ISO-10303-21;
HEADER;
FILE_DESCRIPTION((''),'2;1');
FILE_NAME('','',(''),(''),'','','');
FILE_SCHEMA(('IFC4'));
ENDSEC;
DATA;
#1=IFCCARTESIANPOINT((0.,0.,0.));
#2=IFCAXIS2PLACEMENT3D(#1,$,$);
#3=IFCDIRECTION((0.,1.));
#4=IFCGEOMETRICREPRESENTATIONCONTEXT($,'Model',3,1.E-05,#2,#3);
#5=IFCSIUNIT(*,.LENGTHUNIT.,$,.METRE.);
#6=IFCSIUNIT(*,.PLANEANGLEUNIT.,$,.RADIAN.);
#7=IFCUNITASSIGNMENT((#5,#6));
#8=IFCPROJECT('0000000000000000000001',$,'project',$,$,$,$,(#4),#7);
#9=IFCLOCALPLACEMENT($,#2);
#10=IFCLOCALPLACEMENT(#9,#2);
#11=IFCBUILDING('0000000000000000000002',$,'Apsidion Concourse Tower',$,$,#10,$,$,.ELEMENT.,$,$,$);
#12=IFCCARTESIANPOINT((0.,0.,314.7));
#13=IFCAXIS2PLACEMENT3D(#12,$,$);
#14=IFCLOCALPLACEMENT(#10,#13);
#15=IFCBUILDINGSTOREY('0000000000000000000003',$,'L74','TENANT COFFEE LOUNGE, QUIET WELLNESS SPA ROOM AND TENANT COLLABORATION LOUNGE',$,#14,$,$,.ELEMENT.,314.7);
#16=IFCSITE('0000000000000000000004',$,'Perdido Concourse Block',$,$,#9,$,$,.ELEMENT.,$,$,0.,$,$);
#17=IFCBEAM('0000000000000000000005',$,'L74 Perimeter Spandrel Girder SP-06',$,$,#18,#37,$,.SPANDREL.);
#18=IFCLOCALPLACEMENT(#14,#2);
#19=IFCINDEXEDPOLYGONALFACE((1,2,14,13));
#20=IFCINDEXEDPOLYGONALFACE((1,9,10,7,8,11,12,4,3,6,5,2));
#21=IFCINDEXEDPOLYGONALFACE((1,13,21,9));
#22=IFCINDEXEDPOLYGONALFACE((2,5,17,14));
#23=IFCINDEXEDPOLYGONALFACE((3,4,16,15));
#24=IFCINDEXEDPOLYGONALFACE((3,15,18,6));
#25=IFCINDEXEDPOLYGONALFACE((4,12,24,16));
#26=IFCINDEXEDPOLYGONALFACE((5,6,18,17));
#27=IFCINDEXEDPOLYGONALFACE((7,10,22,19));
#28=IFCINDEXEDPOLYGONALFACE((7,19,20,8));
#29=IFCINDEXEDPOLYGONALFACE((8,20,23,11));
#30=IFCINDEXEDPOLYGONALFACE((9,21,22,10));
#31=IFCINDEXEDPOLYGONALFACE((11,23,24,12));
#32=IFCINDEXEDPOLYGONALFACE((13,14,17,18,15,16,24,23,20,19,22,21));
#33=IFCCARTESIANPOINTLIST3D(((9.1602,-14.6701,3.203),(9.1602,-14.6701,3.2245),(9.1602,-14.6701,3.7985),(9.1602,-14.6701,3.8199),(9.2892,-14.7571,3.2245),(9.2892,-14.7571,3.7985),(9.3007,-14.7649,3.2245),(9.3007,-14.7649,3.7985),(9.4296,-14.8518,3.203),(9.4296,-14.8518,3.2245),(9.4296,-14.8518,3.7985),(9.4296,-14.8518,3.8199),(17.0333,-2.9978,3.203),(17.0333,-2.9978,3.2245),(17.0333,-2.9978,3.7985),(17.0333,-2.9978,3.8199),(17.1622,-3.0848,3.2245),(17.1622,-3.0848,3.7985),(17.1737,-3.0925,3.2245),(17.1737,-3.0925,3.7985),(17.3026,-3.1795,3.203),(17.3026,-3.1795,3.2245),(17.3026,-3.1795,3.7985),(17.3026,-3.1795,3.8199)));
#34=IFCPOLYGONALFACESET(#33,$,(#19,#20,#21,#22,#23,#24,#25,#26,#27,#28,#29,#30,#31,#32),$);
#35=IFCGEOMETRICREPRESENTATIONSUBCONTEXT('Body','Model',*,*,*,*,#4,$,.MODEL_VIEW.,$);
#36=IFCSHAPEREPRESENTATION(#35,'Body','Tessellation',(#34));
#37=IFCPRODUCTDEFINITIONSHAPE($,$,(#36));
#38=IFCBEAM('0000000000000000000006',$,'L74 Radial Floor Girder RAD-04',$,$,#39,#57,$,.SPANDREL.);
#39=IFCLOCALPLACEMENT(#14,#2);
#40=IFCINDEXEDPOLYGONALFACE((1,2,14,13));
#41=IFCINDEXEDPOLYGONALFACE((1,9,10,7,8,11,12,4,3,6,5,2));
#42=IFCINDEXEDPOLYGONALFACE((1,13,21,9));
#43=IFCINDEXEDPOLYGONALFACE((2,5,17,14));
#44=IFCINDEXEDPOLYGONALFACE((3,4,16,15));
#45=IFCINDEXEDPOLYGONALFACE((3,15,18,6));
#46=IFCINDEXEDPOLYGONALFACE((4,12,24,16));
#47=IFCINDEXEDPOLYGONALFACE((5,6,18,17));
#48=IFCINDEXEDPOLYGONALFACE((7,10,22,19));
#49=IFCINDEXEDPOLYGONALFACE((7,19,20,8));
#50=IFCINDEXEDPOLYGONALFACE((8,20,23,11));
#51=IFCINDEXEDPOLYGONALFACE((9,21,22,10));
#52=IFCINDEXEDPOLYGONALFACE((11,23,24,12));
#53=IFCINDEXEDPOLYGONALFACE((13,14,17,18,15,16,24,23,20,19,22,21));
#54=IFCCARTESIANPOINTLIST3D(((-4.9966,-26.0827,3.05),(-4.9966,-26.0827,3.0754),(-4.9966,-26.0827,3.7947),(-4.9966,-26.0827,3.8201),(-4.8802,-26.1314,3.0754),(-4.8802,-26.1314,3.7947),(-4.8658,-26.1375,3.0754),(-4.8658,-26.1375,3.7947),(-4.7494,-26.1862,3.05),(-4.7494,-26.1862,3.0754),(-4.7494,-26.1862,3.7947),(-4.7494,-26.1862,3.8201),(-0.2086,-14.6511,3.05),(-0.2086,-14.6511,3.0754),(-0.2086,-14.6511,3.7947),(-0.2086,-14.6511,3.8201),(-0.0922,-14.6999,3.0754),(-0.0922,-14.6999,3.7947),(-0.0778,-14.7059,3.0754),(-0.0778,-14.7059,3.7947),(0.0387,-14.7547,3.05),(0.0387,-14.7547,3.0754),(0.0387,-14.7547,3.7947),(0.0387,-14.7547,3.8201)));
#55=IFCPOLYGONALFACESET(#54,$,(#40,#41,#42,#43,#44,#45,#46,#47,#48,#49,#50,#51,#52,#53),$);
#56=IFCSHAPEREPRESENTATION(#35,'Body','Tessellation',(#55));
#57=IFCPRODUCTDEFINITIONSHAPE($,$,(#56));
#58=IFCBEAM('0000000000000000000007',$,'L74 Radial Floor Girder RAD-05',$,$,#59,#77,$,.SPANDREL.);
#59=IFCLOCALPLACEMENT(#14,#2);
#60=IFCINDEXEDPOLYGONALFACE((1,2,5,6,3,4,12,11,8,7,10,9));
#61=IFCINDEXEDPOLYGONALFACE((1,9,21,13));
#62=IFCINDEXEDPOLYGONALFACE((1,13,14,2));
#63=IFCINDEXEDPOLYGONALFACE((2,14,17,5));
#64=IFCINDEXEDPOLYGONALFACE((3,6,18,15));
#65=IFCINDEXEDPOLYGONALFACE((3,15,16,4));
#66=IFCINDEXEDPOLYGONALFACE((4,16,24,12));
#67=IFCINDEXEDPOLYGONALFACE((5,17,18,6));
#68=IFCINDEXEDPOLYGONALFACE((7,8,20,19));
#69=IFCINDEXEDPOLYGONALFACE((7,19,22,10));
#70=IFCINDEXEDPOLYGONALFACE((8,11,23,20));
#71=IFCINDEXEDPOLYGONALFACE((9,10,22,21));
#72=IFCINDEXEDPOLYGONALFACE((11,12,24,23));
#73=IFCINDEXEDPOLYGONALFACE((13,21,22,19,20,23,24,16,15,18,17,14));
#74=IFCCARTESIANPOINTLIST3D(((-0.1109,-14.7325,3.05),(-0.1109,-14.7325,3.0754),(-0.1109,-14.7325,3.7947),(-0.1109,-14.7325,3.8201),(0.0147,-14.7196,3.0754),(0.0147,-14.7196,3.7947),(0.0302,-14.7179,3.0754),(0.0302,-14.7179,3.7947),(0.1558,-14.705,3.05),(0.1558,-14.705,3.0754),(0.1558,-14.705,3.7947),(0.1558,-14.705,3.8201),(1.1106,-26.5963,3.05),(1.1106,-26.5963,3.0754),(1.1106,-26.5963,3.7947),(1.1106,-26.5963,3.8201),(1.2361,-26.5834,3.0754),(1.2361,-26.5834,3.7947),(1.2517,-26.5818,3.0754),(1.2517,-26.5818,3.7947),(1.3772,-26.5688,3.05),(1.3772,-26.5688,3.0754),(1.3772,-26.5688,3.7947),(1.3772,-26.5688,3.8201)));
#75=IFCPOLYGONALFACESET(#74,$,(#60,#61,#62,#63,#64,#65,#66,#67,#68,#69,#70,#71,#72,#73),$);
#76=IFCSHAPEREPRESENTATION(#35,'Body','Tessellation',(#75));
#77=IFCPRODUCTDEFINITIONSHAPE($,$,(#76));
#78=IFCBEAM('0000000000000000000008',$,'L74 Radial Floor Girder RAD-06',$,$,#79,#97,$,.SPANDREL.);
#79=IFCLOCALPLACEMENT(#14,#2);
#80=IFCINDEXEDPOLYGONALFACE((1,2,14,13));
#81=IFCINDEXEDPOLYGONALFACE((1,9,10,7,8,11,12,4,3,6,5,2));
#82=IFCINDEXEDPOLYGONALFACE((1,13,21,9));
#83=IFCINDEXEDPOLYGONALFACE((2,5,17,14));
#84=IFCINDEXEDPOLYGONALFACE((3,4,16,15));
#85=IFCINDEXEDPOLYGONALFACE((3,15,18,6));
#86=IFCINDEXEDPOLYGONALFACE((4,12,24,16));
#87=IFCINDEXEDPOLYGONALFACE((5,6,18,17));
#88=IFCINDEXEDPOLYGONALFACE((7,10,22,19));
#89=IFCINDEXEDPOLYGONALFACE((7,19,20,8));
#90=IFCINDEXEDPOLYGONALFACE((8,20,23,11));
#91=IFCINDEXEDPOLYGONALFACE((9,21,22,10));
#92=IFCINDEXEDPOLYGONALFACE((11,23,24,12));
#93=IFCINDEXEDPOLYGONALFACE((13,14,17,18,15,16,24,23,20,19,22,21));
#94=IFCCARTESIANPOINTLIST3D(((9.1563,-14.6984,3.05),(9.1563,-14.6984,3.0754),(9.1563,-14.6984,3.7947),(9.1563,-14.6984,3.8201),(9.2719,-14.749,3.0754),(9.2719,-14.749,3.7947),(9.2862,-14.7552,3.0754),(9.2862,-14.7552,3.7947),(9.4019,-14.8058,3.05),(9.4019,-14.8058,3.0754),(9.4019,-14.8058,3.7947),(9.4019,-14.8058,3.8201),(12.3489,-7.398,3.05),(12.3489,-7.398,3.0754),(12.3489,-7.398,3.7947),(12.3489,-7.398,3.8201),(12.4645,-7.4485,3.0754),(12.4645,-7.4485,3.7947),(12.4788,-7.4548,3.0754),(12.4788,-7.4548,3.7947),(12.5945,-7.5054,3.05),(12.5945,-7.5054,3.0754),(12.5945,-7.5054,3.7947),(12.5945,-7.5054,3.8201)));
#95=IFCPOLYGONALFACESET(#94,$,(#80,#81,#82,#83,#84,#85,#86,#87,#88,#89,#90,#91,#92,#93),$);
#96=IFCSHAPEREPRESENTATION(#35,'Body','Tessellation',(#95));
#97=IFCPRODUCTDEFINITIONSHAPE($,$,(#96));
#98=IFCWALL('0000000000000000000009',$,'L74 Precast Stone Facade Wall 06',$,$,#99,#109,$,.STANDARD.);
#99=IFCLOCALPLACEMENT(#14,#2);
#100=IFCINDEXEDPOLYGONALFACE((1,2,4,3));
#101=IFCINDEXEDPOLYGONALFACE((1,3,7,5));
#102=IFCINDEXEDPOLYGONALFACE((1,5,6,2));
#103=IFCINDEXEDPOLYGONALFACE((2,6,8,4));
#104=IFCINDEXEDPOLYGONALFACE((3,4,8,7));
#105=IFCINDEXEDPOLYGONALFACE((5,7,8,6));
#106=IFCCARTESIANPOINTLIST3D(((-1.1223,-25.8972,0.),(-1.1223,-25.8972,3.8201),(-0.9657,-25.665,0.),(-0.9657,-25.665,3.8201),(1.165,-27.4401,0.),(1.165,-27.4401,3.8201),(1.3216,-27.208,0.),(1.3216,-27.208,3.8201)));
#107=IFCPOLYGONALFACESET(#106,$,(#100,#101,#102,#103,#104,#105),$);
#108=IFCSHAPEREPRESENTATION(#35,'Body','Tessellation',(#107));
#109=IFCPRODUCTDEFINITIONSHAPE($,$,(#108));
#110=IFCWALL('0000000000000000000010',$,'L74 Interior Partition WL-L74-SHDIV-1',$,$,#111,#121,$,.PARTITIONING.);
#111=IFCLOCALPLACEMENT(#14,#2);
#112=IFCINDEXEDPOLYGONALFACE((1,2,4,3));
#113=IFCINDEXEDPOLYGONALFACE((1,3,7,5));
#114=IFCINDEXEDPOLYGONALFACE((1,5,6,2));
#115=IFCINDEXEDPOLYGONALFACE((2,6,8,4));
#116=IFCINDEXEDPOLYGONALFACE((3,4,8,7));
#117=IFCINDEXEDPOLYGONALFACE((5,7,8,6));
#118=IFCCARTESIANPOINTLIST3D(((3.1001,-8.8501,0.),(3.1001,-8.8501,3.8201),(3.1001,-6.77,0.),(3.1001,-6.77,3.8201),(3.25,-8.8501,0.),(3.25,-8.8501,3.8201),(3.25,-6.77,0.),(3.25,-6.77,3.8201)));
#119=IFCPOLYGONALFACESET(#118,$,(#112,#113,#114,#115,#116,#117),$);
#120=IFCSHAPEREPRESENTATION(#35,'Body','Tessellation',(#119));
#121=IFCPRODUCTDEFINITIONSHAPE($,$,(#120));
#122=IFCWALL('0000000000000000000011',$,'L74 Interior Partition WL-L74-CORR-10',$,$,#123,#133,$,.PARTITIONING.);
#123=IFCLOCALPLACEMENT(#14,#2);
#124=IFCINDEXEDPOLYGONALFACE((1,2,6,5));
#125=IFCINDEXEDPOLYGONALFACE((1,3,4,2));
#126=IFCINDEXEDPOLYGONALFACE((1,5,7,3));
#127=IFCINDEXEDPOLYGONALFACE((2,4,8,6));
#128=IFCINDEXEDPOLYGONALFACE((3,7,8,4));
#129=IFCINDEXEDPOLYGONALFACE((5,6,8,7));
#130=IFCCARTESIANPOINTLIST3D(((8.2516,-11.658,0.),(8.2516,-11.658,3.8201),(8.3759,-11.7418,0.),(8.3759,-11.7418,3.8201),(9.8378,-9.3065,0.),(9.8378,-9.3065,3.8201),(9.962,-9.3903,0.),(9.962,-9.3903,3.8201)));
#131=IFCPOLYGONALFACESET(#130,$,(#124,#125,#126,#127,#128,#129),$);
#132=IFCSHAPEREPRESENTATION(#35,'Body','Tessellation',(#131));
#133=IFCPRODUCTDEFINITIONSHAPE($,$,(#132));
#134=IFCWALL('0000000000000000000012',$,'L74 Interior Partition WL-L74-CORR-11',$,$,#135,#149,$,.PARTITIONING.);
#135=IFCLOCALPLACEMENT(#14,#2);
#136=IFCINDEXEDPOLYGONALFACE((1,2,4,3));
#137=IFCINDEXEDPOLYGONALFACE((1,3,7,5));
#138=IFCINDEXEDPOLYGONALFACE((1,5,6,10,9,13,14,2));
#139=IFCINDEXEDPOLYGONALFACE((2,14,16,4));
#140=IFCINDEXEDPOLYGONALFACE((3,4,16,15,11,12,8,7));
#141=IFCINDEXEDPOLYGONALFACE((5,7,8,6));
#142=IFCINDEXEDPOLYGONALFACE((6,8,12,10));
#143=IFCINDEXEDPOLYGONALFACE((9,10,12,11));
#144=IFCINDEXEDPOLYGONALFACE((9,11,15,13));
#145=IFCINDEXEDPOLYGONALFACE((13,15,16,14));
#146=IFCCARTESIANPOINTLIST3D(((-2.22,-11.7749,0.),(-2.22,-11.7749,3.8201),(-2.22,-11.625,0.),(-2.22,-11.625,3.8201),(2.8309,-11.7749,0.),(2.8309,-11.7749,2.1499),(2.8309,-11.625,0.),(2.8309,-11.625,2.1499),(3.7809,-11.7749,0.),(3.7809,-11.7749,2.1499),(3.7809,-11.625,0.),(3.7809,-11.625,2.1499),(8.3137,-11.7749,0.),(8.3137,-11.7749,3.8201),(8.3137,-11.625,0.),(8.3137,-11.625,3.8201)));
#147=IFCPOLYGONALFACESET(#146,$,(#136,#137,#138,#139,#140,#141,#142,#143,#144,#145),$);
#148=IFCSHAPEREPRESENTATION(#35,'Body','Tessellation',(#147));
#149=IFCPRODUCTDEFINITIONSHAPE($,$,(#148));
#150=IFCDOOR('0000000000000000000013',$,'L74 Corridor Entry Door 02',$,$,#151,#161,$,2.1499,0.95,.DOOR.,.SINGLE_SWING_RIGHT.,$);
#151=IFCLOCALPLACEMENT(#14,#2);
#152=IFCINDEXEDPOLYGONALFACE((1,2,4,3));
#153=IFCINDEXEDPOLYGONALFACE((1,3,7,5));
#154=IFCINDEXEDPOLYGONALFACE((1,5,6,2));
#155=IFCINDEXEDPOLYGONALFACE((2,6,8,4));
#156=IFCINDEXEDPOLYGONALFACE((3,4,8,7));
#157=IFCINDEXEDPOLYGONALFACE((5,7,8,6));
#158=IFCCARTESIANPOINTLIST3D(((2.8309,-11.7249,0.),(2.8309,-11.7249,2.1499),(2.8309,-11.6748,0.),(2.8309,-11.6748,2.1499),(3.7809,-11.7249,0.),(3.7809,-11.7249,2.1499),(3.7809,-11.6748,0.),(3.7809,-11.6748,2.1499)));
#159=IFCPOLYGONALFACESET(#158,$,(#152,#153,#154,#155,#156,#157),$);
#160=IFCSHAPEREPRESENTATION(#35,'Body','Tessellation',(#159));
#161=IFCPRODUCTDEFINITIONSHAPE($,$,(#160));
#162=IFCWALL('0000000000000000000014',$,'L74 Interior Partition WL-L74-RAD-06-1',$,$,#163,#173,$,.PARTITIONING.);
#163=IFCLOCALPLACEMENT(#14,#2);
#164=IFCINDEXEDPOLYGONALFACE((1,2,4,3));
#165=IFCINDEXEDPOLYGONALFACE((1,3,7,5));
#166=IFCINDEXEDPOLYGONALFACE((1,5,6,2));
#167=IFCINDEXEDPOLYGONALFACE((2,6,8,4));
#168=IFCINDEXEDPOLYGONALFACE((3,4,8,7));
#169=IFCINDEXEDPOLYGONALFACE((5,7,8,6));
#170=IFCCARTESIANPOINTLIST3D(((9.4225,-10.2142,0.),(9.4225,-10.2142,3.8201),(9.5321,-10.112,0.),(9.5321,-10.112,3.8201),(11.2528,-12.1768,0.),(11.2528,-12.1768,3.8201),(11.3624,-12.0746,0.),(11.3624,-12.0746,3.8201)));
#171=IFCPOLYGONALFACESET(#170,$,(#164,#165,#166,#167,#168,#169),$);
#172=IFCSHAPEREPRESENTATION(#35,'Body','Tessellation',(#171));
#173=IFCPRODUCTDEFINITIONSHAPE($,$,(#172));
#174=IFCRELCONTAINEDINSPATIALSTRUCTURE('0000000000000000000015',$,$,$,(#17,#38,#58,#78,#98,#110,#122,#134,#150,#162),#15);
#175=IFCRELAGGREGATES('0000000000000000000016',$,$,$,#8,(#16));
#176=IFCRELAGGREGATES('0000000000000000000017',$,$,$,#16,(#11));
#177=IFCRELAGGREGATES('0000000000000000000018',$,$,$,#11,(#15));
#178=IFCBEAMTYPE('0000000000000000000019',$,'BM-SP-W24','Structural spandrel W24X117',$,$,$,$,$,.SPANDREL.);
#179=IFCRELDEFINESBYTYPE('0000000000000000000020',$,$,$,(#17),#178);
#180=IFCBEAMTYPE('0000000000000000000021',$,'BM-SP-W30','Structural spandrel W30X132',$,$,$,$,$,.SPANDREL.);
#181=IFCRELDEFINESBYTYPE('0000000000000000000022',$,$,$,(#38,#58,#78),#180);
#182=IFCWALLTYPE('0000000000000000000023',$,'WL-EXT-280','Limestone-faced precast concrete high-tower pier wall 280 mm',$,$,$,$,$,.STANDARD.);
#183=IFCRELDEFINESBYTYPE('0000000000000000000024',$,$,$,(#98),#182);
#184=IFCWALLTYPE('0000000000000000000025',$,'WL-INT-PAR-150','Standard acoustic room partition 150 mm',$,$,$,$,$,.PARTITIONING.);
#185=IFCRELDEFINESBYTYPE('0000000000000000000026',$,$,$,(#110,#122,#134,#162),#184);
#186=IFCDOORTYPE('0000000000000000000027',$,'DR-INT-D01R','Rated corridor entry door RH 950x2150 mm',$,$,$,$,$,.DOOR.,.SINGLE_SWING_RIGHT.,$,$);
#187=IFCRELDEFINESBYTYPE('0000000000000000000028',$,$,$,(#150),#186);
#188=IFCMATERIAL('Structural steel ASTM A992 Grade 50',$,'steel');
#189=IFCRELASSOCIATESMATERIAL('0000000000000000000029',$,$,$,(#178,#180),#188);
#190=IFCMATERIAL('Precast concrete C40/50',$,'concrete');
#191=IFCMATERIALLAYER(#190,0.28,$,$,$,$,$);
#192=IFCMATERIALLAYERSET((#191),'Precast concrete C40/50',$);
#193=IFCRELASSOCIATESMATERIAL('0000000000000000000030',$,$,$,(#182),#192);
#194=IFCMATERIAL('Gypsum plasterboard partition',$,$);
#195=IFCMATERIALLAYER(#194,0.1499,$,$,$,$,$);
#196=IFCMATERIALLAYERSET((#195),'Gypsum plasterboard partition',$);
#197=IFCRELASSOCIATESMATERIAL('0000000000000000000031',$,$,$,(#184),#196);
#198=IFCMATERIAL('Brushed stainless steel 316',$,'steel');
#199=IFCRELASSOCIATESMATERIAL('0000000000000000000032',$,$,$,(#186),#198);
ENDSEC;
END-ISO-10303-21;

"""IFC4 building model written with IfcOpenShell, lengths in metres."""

from ifc_helpers import new_model, si_unit, direction, frame, frame_2d, origin, origin_2d, place, context, subcontext, project, spatial, rectangle, i_section, extrude, material, layer, layer_set, material_profile, profile_set, type_object, element, fill, save


model = new_model("IFC4")

# Units and contexts
model_context = context("Model", 3, precision=1e-05, world=origin(), true_north=direction((0.0, 1.0)))
body_context = subcontext(model_context, "Body", "Model", "MODEL_VIEW")
ifc_project = project(units=[si_unit("LENGTHUNIT", "METRE"), si_unit("PLANEANGLEUNIT", "RADIAN")], contexts=[model_context])

# Site, building, storey
site_placement = place(None, origin())
site = spatial("IfcSite", under=ifc_project, at=site_placement, Name="Perdido Concourse Block", CompositionType="ELEMENT", RefElevation=0.0)
building_placement = place(site_placement, origin())
building = spatial("IfcBuilding", under=site, at=building_placement, Name="Apsidion Concourse Tower", CompositionType="ELEMENT")
storey_placement = place(building_placement, frame((0.0, 0.0, 314.7)))
storey = spatial("IfcBuildingStorey", under=building, at=storey_placement, Name="L74", Description="TENANT COFFEE LOUNGE, QUIET WELLNESS SPA ROOM AND TENANT COLLABORATION LOUNGE", CompositionType="ELEMENT", Elevation=314.7)

# Shared definitions
ifc_material_1 = material(Name="Structural steel ASTM A992 Grade 50", Category="steel")

# Beams
ifc_material_profile_1 = material_profile(ifc_material_1, i_section(OverallWidth=0.325, OverallDepth=0.6169, WebThickness=0.0139, FlangeThickness=0.0215, at=origin_2d()), Name="W24X117")
ifc_profile_set_1 = profile_set([ifc_material_profile_1], Name="Structural steel ASTM A992 Grade 50")
beam_type_1 = type_object("IfcBeamType", Name="BM-SP-W24", Description="Structural spandrel W24X117", PredefinedType="SPANDREL", material=ifc_profile_set_1)
beam_1_placement = place(storey_placement, frame((9.2949, -14.761, 3.5115), z_axis=(0.55919, 0.82904, 0.0), x_axis=(-0.82904, 0.55919, 0.0)))
element("IfcBeam", 1, at=beam_1_placement, inside=storey, type_object=beam_type_1, Name="L74 Perimeter Spandrel Girder SP-06", PredefinedType="SPANDREL", context=body_context, shape_type="SweptSolid", body=[
    extrude(i_section(OverallWidth=0.325, OverallDepth=0.6169, WebThickness=0.0139, FlangeThickness=0.0215, at=origin_2d()), origin(), (0.0, 0.0, 1.0), 14.0793),
])
ifc_material_profile_2 = material_profile(ifc_material_1, i_section(OverallWidth=0.2681, OverallDepth=0.77, WebThickness=0.0156, FlangeThickness=0.0254, at=origin_2d()), Name="W30X132")
ifc_profile_set_2 = profile_set([ifc_material_profile_2], Name="Structural steel ASTM A992 Grade 50")
beam_type_2 = type_object("IfcBeamType", Name="BM-SP-W30", Description="Structural spandrel W30X132", PredefinedType="SPANDREL", material=ifc_profile_set_2)
beam_2_placement = place(storey_placement, frame((-0.085, -14.7029, 3.4351), z_axis=(-0.386327, -0.922362, 0.0), x_axis=(0.922362, -0.386327, 0.0)))
element("IfcBeam", 2, at=beam_2_placement, inside=storey, type_object=beam_type_2, Name="L74 Radial Floor Girder RAD-04", PredefinedType="SPANDREL", context=body_context, shape_type="SweptSolid", body=[
    extrude(i_section(OverallWidth=0.2681, OverallDepth=0.77, WebThickness=0.0156, FlangeThickness=0.0254, at=origin_2d()), origin(), (0.0, 0.0, 1.0), 12.3938),
])
beam_3_placement = place(storey_placement, frame((0.0225, -14.7188, 3.4351), z_axis=(0.102414, -0.994742, 0.0), x_axis=(0.994742, 0.102414, 0.0)))
element("IfcBeam", 3, at=beam_3_placement, inside=storey, type_object=beam_type_2, Name="L74 Radial Floor Girder RAD-05", PredefinedType="SPANDREL", context=body_context, shape_type="SweptSolid", body=[
    extrude(i_section(OverallWidth=0.2681, OverallDepth=0.77, WebThickness=0.0156, FlangeThickness=0.0254, at=origin_2d()), origin(), (0.0, 0.0, 1.0), 11.9265),
])
beam_4_placement = place(storey_placement, frame((12.4717, -7.4517, 3.4351), z_axis=(-0.400676, -0.91622, 0.0), x_axis=(0.91622, -0.400676, 0.0)))
element("IfcBeam", 4, at=beam_4_placement, inside=storey, type_object=beam_type_2, Name="L74 Radial Floor Girder RAD-06", PredefinedType="SPANDREL", context=body_context, shape_type="SweptSolid", body=[
    extrude(i_section(OverallWidth=0.2681, OverallDepth=0.77, WebThickness=0.0156, FlangeThickness=0.0254, at=origin_2d()), origin(), (0.0, 0.0, 1.0), 7.968),
])

# Walls
ifc_material_2 = material(Name="Precast concrete C40/50", Category="concrete")
ifc_layer_1 = layer(ifc_material_2, 0.28)
ifc_layer_set_1 = layer_set([ifc_layer_1], Name="Precast concrete C40/50")
wall_type_1 = type_object("IfcWallType", Name="WL-EXT-280", Description="Limestone-faced precast concrete high-tower pier wall 280 mm", PredefinedType="STANDARD", material=ifc_layer_set_1)
wall_1_placement = place(storey_placement, frame((1.2432, -27.324, 0.0), z_axis=(0.0, 0.0, 1.0), x_axis=(-0.829016, 0.559225, 0.0)))
element("IfcWall", 5, at=wall_1_placement, inside=storey, type_object=wall_type_1, Name="L74 Precast Stone Facade Wall 06", PredefinedType="STANDARD", context=body_context, shape_type="SweptSolid", body=[
    extrude(rectangle(XDim=2.759, YDim=0.28, at=frame_2d((1.3794, 0.0))), origin(), (0.0, 0.0, 1.0), 3.8201),
])
ifc_material_3 = material(Name="Gypsum plasterboard partition")
ifc_layer_2 = layer(ifc_material_3, 0.1499)
ifc_layer_set_2 = layer_set([ifc_layer_2], Name="Gypsum plasterboard partition")
wall_type_2 = type_object("IfcWallType", Name="WL-INT-PAR-150", Description="Standard acoustic room partition 150 mm", PredefinedType="PARTITIONING", material=ifc_layer_set_2)
wall_2_placement = place(storey_placement, frame((3.175, -8.8501, 0.0), z_axis=(0.0, 0.0, 1.0), x_axis=(0.0, 1.0, 0.0)))
element("IfcWall", 6, at=wall_2_placement, inside=storey, type_object=wall_type_2, Name="L74 Interior Partition WL-L74-SHDIV-1", PredefinedType="PARTITIONING", context=body_context, shape_type="SweptSolid", body=[
    extrude(rectangle(XDim=2.0801, YDim=0.1499, at=frame_2d((1.04, 0.0))), origin(), (0.0, 0.0, 1.0), 3.8201),
])
wall_3_placement = place(storey_placement, frame((9.8999, -9.3484, 0.0), z_axis=(0.0, 0.0, 1.0), x_axis=(-0.559201, -0.829032, 0.0)))
element("IfcWall", 7, at=wall_3_placement, inside=storey, type_object=wall_type_2, Name="L74 Interior Partition WL-L74-CORR-10", PredefinedType="PARTITIONING", context=body_context, shape_type="SweptSolid", body=[
    extrude(rectangle(XDim=2.8364, YDim=0.1499, at=frame_2d((1.4182, 0.0))), origin(), (0.0, 0.0, 1.0), 3.8201),
])

# Wall, opening, door
wall_4_placement = place(storey_placement, frame((8.3137, -11.7, 0.0), z_axis=(0.0, 0.0, 1.0), x_axis=(-1.0, 0.0, 0.0)))
wall_4 = element("IfcWall", 8, at=wall_4_placement, inside=storey, type_object=wall_type_2, Name="L74 Interior Partition WL-L74-CORR-11", PredefinedType="PARTITIONING", context=body_context, shape_type="SweptSolid", body=[
    extrude(rectangle(XDim=10.5337, YDim=0.1499, at=frame_2d((5.2668, 0.0))), origin(), (0.0, 0.0, 1.0), 3.8201),
])
opening_1_placement = place(wall_4_placement, frame((4.5327, 0.0, 0.0)))
opening_1 = element("IfcOpeningElement", 9, at=opening_1_placement, cuts=wall_4, PredefinedType="OPENING", context=body_context, shape_type="SweptSolid", body=[
    extrude(rectangle(XDim=0.95, YDim=2.1499, at=frame_2d((0.4751, 1.075))), frame((0.0, 0.085, 0.0), z_axis=(0.0, -1.0, 0.0), x_axis=(1.0, 0.0, 0.0)), (0.0, 0.0, 1.0), 0.1699),
])
ifc_material_4 = material(Name="Brushed stainless steel 316", Category="steel")
door_type_1 = type_object("IfcDoorType", Name="DR-INT-D01R", Description="Rated corridor entry door RH 950x2150 mm", OperationType="SINGLE_SWING_RIGHT", PredefinedType="DOOR", material=ifc_material_4)
door_1_placement = place(opening_1_placement, origin())
door_1 = element("IfcDoor", 10, at=door_1_placement, inside=storey, type_object=door_type_1, Name="L74 Corridor Entry Door 02", OperationType="SINGLE_SWING_RIGHT", OverallHeight=2.1499, OverallWidth=0.95, PredefinedType="DOOR", context=body_context, shape_type="SweptSolid", body=[
    extrude(rectangle(XDim=0.95, YDim=2.1499, at=frame_2d((0.4751, 1.075))), frame((0.0, 0.0249, 0.0), z_axis=(0.0, -1.0, 0.0), x_axis=(1.0, 0.0, 0.0)), (0.0, 0.0, 1.0), 0.05),
])
fill(opening_1, door_1)

# Wall
wall_5_placement = place(storey_placement, frame((9.4773, -10.1631, 0.0), z_axis=(0.0, 0.0, 1.0), x_axis=(0.682023, -0.731331, 0.0)))
element("IfcWall", 11, at=wall_5_placement, inside=storey, type_object=wall_type_2, Name="L74 Interior Partition WL-L74-RAD-06-1", PredefinedType="PARTITIONING", context=body_context, shape_type="SweptSolid", body=[
    extrude(rectangle(XDim=2.6836, YDim=0.1499, at=frame_2d((1.3418, 0.0))), origin(), (0.0, 0.0, 1.0), 3.8201),
])

save(model, "model.ifc")
